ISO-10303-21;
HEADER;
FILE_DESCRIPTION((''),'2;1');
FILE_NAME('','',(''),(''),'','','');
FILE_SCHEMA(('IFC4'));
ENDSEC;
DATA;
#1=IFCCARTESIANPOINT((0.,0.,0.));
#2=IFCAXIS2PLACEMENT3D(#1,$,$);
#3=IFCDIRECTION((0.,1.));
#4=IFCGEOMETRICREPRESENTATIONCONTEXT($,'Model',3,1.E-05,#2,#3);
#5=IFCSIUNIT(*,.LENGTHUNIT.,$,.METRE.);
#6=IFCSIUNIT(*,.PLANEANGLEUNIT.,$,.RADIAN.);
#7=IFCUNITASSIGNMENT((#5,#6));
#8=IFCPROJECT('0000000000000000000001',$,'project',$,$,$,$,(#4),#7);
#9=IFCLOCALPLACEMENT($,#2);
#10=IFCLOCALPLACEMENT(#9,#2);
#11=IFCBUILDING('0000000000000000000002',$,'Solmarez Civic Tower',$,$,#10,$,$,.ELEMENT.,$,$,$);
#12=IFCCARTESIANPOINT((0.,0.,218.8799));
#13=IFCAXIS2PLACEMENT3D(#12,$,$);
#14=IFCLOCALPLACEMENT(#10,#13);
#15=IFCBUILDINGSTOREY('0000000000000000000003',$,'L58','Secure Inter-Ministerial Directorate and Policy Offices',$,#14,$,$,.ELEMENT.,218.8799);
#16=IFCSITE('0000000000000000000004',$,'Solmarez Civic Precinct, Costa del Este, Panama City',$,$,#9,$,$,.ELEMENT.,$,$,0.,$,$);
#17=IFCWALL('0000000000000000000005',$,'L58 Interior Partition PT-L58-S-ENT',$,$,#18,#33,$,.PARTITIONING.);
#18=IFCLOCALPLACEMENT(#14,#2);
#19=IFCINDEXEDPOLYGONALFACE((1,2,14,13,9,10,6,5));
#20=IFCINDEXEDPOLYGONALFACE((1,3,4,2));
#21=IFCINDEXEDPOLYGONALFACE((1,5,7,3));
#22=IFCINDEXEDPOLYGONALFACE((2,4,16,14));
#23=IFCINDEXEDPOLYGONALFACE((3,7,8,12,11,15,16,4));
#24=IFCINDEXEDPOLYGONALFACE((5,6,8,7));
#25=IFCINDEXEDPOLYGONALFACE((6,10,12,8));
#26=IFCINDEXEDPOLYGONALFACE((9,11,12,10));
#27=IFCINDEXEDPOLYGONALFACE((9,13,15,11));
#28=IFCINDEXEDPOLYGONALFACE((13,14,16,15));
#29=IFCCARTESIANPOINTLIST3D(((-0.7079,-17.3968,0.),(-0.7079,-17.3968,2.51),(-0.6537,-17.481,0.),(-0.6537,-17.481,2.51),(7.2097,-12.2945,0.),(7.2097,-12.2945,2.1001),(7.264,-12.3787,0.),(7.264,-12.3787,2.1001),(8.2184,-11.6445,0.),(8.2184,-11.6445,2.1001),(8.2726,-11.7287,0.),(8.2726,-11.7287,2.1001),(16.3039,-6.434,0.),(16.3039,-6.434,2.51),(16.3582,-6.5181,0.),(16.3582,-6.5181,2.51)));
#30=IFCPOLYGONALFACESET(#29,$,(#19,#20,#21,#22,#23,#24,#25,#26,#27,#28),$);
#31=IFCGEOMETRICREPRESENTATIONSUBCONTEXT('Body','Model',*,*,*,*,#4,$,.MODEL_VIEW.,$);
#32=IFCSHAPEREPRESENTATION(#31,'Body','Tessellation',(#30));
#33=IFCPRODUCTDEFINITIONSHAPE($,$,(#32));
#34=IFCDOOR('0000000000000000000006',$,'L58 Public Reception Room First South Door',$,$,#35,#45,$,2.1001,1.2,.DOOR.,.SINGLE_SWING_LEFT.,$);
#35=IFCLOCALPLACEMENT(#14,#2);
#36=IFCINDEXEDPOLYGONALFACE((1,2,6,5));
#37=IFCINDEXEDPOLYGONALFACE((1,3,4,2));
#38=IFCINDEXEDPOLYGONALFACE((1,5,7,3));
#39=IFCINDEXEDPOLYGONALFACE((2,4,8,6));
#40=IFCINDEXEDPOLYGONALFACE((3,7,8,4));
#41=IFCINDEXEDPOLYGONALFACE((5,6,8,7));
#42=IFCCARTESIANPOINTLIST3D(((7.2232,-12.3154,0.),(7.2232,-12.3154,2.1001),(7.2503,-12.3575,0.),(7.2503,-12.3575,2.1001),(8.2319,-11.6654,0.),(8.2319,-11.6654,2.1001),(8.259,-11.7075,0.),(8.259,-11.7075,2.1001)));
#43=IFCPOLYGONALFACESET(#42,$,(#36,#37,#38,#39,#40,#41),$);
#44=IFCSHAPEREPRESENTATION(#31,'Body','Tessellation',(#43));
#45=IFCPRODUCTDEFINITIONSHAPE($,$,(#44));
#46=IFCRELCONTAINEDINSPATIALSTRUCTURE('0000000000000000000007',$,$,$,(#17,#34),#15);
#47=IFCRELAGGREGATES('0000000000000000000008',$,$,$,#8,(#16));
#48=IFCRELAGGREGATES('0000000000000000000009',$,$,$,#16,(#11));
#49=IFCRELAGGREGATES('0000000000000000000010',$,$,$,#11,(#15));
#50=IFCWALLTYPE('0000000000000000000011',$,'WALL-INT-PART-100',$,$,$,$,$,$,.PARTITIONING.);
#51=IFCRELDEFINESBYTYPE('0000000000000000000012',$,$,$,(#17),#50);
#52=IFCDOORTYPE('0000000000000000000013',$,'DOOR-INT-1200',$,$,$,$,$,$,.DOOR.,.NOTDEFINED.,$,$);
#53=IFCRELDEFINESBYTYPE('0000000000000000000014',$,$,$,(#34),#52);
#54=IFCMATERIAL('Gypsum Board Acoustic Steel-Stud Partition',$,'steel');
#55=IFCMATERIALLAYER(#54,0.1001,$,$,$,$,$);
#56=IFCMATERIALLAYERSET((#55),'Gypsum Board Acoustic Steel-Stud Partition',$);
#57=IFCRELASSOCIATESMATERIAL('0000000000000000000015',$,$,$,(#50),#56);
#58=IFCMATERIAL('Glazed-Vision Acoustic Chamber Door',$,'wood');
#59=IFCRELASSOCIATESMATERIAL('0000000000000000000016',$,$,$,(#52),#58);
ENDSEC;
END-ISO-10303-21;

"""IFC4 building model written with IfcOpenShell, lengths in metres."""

from ifc_helpers import new_model, si_unit, direction, frame, frame_2d, origin, place, context, subcontext, project, spatial, rectangle, extrude, material, layer, layer_set, type_object, element, fill, save


model = new_model("IFC4")

# Units and contexts
model_context = context("Model", 3, precision=1e-05, world=origin(), true_north=direction((0.0, 1.0)))
body_context = subcontext(model_context, "Body", "Model", "MODEL_VIEW")
ifc_project = project(units=[si_unit("LENGTHUNIT", "METRE"), si_unit("PLANEANGLEUNIT", "RADIAN")], contexts=[model_context])

# Site, building, storey
site_placement = place(None, origin())
site = spatial("IfcSite", under=ifc_project, at=site_placement, Name="Solmarez Civic Precinct, Costa del Este, Panama City", CompositionType="ELEMENT", RefElevation=0.0)
building_placement = place(site_placement, origin())
building = spatial("IfcBuilding", under=site, at=building_placement, Name="Solmarez Civic Tower", CompositionType="ELEMENT")
storey_placement = place(building_placement, frame((0.0, 0.0, 218.8799)))
storey = spatial("IfcBuildingStorey", under=building, at=storey_placement, Name="L58", Description="Secure Inter-Ministerial Directorate and Policy Offices", CompositionType="ELEMENT", Elevation=218.8799)

# Shared definitions
ifc_material_1 = material(Name="Gypsum Board Acoustic Steel-Stud Partition", Category="steel")
ifc_layer_1 = layer(ifc_material_1, 0.1001)
ifc_layer_set_1 = layer_set([ifc_layer_1], Name="Gypsum Board Acoustic Steel-Stud Partition")
wall_type_1 = type_object("IfcWallType", Name="WALL-INT-PART-100", PredefinedType="PARTITIONING", material=ifc_layer_set_1)

# Wall, opening, door
wall_1_placement = place(storey_placement, frame((16.3311, -6.4761, 0.0), z_axis=(0.0, 0.0, 1.0), x_axis=(-0.840579, -0.541688, 0.0)))
wall_1 = element("IfcWall", 1, at=wall_1_placement, inside=storey, type_object=wall_type_1, Name="L58 Interior Partition PT-L58-S-ENT", PredefinedType="PARTITIONING", context=body_context, shape_type="SweptSolid", body=[
    extrude(rectangle(XDim=20.2383, YDim=0.1001, at=frame_2d((10.1191, 0.0))), origin(), (0.0, 0.0, 1.0), 2.51),
])
opening_1_placement = place(wall_1_placement, frame((9.6189, 0.0, 0.0)))
opening_1 = element("IfcOpeningElement", 2, at=opening_1_placement, cuts=wall_1, PredefinedType="OPENING", context=body_context, shape_type="SweptSolid", body=[
    extrude(rectangle(XDim=1.2, YDim=2.1001, at=frame_2d((0.6001, 1.05))), frame((0.0, 0.0601, 0.0), z_axis=(0.0, -1.0, 0.0), x_axis=(1.0, 0.0, 0.0)), (0.0, 0.0, 1.0), 0.1201),
])
ifc_material_2 = material(Name="Glazed-Vision Acoustic Chamber Door", Category="wood")
door_type_1 = type_object("IfcDoorType", Name="DOOR-INT-1200", OperationType="NOTDEFINED", PredefinedType="DOOR", material=ifc_material_2)
door_1_placement = place(opening_1_placement, origin())
door_1 = element("IfcDoor", 3, at=door_1_placement, inside=storey, type_object=door_type_1, Name="L58 Public Reception Room First South Door", OperationType="SINGLE_SWING_LEFT", OverallHeight=2.1001, OverallWidth=1.2, PredefinedType="DOOR", context=body_context, shape_type="SweptSolid", body=[
    extrude(rectangle(XDim=1.2, YDim=2.1001, at=frame_2d((0.6001, 1.05))), frame((0.0, 0.0249, 0.0), z_axis=(0.0, -1.0, 0.0), x_axis=(1.0, 0.0, 0.0)), (0.0, 0.0, 1.0), 0.05),
])
fill(opening_1, door_1)

save(model, "model.ifc")
